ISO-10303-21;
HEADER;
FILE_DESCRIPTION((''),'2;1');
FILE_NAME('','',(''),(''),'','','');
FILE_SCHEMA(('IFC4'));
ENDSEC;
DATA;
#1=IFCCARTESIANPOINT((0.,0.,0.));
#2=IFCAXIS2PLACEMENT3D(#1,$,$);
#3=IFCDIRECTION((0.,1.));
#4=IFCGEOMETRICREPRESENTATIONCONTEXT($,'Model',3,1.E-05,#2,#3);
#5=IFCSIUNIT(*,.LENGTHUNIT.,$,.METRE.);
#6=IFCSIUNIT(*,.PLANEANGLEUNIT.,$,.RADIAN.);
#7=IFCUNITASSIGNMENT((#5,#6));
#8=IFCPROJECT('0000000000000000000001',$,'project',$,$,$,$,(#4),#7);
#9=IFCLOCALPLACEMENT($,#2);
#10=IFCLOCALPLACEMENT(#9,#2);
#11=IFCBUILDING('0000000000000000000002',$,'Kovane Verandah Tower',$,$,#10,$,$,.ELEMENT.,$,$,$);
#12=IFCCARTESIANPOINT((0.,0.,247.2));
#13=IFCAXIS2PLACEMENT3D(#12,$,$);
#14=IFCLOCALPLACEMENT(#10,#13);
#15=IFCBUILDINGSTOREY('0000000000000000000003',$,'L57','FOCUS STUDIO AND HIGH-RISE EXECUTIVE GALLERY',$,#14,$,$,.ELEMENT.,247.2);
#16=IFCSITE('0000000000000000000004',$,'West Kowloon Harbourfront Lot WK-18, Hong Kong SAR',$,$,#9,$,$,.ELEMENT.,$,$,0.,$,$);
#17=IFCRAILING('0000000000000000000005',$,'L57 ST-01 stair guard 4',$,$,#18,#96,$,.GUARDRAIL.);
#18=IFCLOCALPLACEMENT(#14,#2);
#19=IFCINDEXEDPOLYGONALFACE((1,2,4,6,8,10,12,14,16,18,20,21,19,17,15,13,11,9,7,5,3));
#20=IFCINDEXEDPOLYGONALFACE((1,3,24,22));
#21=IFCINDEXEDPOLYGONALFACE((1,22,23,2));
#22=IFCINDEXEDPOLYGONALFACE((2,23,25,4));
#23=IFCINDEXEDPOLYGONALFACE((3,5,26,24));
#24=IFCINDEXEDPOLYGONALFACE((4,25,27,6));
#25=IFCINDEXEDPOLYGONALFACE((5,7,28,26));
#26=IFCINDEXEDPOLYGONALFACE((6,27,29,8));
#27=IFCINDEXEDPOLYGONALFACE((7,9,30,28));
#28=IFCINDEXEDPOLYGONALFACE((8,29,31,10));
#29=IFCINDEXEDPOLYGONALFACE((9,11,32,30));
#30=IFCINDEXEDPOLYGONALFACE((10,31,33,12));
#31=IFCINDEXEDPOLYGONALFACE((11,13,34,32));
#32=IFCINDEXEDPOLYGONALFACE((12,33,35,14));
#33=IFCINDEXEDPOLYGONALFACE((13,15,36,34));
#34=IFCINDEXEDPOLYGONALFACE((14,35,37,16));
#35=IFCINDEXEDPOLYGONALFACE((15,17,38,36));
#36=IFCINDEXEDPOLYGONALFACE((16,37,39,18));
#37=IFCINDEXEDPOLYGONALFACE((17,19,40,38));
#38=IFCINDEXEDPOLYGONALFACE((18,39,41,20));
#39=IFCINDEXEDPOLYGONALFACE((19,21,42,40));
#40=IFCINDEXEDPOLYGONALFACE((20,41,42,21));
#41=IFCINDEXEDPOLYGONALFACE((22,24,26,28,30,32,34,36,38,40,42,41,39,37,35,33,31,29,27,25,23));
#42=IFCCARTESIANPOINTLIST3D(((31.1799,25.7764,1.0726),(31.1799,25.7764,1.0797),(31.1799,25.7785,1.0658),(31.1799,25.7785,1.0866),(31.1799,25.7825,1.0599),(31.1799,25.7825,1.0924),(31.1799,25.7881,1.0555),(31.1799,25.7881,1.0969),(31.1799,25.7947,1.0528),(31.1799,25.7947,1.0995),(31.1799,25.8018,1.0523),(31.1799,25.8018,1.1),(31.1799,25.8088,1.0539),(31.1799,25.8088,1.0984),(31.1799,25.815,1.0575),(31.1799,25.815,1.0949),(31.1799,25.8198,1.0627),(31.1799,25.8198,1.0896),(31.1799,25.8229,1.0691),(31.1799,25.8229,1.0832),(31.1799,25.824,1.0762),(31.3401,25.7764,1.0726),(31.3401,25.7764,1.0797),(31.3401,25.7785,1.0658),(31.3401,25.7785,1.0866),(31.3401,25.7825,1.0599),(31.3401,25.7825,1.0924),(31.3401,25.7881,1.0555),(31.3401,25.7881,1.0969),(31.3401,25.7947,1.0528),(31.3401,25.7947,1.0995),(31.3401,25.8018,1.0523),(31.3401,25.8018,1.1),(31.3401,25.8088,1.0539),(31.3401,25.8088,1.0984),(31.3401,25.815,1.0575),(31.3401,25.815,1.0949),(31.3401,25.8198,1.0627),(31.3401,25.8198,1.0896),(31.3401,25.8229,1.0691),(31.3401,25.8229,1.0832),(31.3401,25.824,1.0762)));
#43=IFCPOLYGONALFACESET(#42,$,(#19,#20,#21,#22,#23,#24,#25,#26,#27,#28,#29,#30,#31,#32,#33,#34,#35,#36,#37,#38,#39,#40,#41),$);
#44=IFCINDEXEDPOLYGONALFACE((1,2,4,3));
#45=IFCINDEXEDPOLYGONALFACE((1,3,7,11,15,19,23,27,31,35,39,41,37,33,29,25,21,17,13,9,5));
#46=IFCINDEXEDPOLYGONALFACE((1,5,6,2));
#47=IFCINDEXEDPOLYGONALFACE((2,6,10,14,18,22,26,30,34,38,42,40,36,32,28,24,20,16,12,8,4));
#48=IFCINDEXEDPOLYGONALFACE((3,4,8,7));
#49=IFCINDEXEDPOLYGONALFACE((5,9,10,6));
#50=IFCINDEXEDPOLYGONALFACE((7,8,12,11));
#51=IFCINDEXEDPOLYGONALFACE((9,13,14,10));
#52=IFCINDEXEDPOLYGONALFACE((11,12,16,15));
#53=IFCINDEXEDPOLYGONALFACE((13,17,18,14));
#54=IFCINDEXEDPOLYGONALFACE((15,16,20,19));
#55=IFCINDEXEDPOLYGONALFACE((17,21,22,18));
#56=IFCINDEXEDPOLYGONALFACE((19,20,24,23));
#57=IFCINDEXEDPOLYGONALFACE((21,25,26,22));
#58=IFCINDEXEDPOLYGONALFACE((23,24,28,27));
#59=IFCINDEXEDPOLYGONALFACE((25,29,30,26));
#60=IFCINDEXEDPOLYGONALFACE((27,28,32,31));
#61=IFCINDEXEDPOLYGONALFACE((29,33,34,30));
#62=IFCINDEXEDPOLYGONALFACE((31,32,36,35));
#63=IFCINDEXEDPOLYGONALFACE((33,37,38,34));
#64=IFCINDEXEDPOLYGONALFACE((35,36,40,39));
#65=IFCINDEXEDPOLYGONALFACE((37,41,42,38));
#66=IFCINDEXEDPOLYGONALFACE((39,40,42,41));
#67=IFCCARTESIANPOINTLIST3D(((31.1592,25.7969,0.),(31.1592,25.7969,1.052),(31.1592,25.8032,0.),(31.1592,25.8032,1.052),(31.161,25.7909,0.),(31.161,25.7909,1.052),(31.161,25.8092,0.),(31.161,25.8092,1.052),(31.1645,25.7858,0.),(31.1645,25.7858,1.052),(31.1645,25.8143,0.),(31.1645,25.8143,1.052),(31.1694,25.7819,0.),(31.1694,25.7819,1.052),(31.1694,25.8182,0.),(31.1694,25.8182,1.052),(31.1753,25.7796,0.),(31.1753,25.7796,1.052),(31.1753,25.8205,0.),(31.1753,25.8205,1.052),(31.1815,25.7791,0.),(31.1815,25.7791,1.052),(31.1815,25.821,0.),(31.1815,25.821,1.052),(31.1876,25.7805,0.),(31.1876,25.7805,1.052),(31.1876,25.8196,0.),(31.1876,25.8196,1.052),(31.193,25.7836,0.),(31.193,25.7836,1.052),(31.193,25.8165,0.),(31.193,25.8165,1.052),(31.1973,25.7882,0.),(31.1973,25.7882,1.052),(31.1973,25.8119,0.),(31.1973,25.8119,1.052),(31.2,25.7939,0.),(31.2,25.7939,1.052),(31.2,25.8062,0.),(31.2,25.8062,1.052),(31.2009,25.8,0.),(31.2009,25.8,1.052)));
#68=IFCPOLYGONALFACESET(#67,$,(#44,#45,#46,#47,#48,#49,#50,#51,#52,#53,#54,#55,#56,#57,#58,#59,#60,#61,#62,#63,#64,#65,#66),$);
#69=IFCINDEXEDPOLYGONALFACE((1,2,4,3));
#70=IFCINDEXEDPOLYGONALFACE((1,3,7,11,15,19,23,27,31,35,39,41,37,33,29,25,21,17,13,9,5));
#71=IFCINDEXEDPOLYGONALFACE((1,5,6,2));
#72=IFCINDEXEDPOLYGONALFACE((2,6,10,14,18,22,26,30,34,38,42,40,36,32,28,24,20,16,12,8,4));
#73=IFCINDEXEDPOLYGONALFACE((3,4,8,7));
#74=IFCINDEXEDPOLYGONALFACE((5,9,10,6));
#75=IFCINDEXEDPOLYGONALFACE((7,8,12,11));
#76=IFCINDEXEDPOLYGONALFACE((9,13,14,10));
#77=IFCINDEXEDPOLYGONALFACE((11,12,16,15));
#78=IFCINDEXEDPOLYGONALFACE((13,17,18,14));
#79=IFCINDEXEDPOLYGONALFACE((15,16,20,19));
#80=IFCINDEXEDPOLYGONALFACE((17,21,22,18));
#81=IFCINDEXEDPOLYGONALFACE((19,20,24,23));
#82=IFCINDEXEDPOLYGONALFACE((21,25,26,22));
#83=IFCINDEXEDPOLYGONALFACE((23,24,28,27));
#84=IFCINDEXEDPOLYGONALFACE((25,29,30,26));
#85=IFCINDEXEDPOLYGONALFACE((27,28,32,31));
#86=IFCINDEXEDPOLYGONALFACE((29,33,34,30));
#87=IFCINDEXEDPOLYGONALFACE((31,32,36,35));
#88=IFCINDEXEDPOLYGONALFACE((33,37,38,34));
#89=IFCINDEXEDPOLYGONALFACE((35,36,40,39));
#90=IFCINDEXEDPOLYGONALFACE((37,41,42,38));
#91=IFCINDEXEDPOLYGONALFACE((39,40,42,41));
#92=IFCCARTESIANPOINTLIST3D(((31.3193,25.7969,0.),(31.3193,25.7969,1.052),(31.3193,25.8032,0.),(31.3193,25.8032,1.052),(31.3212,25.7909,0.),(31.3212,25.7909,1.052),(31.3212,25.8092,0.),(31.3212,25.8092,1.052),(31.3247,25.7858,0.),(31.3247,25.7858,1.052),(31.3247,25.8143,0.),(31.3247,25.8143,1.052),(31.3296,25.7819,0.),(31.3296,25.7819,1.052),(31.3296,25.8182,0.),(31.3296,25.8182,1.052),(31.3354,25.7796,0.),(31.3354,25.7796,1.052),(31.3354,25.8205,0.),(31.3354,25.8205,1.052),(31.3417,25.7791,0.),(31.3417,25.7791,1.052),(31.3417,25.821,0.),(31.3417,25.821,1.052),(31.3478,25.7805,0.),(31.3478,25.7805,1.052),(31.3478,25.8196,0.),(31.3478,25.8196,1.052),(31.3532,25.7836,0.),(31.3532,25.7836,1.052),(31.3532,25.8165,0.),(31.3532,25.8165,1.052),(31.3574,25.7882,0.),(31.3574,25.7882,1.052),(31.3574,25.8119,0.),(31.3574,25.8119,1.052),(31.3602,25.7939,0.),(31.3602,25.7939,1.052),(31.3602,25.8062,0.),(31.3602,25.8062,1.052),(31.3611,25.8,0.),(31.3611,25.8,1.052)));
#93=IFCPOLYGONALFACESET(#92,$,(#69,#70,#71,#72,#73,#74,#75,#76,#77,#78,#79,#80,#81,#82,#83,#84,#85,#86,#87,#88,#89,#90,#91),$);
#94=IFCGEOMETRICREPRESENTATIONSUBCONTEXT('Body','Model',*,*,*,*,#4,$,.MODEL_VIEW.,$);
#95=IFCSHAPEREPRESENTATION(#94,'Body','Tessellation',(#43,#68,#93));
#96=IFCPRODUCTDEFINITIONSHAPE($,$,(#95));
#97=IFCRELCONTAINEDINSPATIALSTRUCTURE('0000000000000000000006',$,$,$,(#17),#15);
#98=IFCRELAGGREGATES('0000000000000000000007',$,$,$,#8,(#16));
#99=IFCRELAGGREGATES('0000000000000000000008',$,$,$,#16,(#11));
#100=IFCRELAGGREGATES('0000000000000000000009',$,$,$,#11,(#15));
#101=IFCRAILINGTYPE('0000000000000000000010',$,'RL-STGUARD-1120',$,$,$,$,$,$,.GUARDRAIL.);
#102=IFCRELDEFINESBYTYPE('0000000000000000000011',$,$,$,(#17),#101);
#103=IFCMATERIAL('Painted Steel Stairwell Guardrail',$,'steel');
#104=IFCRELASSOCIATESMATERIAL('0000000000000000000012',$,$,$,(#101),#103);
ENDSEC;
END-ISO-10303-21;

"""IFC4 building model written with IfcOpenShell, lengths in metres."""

from ifc_helpers import new_model, si_unit, direction, frame, origin, origin_2d, place, context, subcontext, project, spatial, circle, extrude, material, type_object, element, save


model = new_model("IFC4")

# Units and contexts
model_context = context("Model", 3, precision=1e-05, world=origin(), true_north=direction((0.0, 1.0)))
body_context = subcontext(model_context, "Body", "Model", "MODEL_VIEW")
ifc_project = project(units=[si_unit("LENGTHUNIT", "METRE"), si_unit("PLANEANGLEUNIT", "RADIAN")], contexts=[model_context])

# Site, building, storey
site_placement = place(None, origin())
site = spatial("IfcSite", under=ifc_project, at=site_placement, Name="West Kowloon Harbourfront Lot WK-18, Hong Kong SAR", CompositionType="ELEMENT", RefElevation=0.0)
building_placement = place(site_placement, origin())
building = spatial("IfcBuilding", under=site, at=building_placement, Name="Kovane Verandah Tower", CompositionType="ELEMENT")
storey_placement = place(building_placement, frame((0.0, 0.0, 247.2)))
storey = spatial("IfcBuildingStorey", under=building, at=storey_placement, Name="L57", Description="FOCUS STUDIO AND HIGH-RISE EXECUTIVE GALLERY", CompositionType="ELEMENT", Elevation=247.2)

# Railing
ifc_material_1 = material(Name="Painted Steel Stairwell Guardrail", Category="steel")
railing_type_1 = type_object("IfcRailingType", Name="RL-STGUARD-1120", PredefinedType="GUARDRAIL", material=ifc_material_1)
railing_1_placement = place(storey_placement, frame((31.1799, 25.8, 0.0)))
element("IfcRailing", 1, at=railing_1_placement, inside=storey, type_object=railing_type_1, Name="L57 ST-01 stair guard 4", PredefinedType="GUARDRAIL", context=body_context, shape_type="SweptSolid", body=[
    extrude(circle(Radius=0.0239, at=origin_2d()), frame((0.0, 0.0, 1.0762), z_axis=(1.0, 0.0, 0.0), x_axis=(0.0, 1.0, 0.0)), (0.0, 0.0, 1.0), 0.1602),
    extrude(circle(Radius=0.021, at=origin_2d()), origin(), (0.0, 0.0, 1.0), 1.052),
    extrude(circle(Radius=0.021, at=origin_2d()), frame((0.1602, 0.0, 0.0)), (0.0, 0.0, 1.0), 1.052),
])

save(model, "model.ifc")
